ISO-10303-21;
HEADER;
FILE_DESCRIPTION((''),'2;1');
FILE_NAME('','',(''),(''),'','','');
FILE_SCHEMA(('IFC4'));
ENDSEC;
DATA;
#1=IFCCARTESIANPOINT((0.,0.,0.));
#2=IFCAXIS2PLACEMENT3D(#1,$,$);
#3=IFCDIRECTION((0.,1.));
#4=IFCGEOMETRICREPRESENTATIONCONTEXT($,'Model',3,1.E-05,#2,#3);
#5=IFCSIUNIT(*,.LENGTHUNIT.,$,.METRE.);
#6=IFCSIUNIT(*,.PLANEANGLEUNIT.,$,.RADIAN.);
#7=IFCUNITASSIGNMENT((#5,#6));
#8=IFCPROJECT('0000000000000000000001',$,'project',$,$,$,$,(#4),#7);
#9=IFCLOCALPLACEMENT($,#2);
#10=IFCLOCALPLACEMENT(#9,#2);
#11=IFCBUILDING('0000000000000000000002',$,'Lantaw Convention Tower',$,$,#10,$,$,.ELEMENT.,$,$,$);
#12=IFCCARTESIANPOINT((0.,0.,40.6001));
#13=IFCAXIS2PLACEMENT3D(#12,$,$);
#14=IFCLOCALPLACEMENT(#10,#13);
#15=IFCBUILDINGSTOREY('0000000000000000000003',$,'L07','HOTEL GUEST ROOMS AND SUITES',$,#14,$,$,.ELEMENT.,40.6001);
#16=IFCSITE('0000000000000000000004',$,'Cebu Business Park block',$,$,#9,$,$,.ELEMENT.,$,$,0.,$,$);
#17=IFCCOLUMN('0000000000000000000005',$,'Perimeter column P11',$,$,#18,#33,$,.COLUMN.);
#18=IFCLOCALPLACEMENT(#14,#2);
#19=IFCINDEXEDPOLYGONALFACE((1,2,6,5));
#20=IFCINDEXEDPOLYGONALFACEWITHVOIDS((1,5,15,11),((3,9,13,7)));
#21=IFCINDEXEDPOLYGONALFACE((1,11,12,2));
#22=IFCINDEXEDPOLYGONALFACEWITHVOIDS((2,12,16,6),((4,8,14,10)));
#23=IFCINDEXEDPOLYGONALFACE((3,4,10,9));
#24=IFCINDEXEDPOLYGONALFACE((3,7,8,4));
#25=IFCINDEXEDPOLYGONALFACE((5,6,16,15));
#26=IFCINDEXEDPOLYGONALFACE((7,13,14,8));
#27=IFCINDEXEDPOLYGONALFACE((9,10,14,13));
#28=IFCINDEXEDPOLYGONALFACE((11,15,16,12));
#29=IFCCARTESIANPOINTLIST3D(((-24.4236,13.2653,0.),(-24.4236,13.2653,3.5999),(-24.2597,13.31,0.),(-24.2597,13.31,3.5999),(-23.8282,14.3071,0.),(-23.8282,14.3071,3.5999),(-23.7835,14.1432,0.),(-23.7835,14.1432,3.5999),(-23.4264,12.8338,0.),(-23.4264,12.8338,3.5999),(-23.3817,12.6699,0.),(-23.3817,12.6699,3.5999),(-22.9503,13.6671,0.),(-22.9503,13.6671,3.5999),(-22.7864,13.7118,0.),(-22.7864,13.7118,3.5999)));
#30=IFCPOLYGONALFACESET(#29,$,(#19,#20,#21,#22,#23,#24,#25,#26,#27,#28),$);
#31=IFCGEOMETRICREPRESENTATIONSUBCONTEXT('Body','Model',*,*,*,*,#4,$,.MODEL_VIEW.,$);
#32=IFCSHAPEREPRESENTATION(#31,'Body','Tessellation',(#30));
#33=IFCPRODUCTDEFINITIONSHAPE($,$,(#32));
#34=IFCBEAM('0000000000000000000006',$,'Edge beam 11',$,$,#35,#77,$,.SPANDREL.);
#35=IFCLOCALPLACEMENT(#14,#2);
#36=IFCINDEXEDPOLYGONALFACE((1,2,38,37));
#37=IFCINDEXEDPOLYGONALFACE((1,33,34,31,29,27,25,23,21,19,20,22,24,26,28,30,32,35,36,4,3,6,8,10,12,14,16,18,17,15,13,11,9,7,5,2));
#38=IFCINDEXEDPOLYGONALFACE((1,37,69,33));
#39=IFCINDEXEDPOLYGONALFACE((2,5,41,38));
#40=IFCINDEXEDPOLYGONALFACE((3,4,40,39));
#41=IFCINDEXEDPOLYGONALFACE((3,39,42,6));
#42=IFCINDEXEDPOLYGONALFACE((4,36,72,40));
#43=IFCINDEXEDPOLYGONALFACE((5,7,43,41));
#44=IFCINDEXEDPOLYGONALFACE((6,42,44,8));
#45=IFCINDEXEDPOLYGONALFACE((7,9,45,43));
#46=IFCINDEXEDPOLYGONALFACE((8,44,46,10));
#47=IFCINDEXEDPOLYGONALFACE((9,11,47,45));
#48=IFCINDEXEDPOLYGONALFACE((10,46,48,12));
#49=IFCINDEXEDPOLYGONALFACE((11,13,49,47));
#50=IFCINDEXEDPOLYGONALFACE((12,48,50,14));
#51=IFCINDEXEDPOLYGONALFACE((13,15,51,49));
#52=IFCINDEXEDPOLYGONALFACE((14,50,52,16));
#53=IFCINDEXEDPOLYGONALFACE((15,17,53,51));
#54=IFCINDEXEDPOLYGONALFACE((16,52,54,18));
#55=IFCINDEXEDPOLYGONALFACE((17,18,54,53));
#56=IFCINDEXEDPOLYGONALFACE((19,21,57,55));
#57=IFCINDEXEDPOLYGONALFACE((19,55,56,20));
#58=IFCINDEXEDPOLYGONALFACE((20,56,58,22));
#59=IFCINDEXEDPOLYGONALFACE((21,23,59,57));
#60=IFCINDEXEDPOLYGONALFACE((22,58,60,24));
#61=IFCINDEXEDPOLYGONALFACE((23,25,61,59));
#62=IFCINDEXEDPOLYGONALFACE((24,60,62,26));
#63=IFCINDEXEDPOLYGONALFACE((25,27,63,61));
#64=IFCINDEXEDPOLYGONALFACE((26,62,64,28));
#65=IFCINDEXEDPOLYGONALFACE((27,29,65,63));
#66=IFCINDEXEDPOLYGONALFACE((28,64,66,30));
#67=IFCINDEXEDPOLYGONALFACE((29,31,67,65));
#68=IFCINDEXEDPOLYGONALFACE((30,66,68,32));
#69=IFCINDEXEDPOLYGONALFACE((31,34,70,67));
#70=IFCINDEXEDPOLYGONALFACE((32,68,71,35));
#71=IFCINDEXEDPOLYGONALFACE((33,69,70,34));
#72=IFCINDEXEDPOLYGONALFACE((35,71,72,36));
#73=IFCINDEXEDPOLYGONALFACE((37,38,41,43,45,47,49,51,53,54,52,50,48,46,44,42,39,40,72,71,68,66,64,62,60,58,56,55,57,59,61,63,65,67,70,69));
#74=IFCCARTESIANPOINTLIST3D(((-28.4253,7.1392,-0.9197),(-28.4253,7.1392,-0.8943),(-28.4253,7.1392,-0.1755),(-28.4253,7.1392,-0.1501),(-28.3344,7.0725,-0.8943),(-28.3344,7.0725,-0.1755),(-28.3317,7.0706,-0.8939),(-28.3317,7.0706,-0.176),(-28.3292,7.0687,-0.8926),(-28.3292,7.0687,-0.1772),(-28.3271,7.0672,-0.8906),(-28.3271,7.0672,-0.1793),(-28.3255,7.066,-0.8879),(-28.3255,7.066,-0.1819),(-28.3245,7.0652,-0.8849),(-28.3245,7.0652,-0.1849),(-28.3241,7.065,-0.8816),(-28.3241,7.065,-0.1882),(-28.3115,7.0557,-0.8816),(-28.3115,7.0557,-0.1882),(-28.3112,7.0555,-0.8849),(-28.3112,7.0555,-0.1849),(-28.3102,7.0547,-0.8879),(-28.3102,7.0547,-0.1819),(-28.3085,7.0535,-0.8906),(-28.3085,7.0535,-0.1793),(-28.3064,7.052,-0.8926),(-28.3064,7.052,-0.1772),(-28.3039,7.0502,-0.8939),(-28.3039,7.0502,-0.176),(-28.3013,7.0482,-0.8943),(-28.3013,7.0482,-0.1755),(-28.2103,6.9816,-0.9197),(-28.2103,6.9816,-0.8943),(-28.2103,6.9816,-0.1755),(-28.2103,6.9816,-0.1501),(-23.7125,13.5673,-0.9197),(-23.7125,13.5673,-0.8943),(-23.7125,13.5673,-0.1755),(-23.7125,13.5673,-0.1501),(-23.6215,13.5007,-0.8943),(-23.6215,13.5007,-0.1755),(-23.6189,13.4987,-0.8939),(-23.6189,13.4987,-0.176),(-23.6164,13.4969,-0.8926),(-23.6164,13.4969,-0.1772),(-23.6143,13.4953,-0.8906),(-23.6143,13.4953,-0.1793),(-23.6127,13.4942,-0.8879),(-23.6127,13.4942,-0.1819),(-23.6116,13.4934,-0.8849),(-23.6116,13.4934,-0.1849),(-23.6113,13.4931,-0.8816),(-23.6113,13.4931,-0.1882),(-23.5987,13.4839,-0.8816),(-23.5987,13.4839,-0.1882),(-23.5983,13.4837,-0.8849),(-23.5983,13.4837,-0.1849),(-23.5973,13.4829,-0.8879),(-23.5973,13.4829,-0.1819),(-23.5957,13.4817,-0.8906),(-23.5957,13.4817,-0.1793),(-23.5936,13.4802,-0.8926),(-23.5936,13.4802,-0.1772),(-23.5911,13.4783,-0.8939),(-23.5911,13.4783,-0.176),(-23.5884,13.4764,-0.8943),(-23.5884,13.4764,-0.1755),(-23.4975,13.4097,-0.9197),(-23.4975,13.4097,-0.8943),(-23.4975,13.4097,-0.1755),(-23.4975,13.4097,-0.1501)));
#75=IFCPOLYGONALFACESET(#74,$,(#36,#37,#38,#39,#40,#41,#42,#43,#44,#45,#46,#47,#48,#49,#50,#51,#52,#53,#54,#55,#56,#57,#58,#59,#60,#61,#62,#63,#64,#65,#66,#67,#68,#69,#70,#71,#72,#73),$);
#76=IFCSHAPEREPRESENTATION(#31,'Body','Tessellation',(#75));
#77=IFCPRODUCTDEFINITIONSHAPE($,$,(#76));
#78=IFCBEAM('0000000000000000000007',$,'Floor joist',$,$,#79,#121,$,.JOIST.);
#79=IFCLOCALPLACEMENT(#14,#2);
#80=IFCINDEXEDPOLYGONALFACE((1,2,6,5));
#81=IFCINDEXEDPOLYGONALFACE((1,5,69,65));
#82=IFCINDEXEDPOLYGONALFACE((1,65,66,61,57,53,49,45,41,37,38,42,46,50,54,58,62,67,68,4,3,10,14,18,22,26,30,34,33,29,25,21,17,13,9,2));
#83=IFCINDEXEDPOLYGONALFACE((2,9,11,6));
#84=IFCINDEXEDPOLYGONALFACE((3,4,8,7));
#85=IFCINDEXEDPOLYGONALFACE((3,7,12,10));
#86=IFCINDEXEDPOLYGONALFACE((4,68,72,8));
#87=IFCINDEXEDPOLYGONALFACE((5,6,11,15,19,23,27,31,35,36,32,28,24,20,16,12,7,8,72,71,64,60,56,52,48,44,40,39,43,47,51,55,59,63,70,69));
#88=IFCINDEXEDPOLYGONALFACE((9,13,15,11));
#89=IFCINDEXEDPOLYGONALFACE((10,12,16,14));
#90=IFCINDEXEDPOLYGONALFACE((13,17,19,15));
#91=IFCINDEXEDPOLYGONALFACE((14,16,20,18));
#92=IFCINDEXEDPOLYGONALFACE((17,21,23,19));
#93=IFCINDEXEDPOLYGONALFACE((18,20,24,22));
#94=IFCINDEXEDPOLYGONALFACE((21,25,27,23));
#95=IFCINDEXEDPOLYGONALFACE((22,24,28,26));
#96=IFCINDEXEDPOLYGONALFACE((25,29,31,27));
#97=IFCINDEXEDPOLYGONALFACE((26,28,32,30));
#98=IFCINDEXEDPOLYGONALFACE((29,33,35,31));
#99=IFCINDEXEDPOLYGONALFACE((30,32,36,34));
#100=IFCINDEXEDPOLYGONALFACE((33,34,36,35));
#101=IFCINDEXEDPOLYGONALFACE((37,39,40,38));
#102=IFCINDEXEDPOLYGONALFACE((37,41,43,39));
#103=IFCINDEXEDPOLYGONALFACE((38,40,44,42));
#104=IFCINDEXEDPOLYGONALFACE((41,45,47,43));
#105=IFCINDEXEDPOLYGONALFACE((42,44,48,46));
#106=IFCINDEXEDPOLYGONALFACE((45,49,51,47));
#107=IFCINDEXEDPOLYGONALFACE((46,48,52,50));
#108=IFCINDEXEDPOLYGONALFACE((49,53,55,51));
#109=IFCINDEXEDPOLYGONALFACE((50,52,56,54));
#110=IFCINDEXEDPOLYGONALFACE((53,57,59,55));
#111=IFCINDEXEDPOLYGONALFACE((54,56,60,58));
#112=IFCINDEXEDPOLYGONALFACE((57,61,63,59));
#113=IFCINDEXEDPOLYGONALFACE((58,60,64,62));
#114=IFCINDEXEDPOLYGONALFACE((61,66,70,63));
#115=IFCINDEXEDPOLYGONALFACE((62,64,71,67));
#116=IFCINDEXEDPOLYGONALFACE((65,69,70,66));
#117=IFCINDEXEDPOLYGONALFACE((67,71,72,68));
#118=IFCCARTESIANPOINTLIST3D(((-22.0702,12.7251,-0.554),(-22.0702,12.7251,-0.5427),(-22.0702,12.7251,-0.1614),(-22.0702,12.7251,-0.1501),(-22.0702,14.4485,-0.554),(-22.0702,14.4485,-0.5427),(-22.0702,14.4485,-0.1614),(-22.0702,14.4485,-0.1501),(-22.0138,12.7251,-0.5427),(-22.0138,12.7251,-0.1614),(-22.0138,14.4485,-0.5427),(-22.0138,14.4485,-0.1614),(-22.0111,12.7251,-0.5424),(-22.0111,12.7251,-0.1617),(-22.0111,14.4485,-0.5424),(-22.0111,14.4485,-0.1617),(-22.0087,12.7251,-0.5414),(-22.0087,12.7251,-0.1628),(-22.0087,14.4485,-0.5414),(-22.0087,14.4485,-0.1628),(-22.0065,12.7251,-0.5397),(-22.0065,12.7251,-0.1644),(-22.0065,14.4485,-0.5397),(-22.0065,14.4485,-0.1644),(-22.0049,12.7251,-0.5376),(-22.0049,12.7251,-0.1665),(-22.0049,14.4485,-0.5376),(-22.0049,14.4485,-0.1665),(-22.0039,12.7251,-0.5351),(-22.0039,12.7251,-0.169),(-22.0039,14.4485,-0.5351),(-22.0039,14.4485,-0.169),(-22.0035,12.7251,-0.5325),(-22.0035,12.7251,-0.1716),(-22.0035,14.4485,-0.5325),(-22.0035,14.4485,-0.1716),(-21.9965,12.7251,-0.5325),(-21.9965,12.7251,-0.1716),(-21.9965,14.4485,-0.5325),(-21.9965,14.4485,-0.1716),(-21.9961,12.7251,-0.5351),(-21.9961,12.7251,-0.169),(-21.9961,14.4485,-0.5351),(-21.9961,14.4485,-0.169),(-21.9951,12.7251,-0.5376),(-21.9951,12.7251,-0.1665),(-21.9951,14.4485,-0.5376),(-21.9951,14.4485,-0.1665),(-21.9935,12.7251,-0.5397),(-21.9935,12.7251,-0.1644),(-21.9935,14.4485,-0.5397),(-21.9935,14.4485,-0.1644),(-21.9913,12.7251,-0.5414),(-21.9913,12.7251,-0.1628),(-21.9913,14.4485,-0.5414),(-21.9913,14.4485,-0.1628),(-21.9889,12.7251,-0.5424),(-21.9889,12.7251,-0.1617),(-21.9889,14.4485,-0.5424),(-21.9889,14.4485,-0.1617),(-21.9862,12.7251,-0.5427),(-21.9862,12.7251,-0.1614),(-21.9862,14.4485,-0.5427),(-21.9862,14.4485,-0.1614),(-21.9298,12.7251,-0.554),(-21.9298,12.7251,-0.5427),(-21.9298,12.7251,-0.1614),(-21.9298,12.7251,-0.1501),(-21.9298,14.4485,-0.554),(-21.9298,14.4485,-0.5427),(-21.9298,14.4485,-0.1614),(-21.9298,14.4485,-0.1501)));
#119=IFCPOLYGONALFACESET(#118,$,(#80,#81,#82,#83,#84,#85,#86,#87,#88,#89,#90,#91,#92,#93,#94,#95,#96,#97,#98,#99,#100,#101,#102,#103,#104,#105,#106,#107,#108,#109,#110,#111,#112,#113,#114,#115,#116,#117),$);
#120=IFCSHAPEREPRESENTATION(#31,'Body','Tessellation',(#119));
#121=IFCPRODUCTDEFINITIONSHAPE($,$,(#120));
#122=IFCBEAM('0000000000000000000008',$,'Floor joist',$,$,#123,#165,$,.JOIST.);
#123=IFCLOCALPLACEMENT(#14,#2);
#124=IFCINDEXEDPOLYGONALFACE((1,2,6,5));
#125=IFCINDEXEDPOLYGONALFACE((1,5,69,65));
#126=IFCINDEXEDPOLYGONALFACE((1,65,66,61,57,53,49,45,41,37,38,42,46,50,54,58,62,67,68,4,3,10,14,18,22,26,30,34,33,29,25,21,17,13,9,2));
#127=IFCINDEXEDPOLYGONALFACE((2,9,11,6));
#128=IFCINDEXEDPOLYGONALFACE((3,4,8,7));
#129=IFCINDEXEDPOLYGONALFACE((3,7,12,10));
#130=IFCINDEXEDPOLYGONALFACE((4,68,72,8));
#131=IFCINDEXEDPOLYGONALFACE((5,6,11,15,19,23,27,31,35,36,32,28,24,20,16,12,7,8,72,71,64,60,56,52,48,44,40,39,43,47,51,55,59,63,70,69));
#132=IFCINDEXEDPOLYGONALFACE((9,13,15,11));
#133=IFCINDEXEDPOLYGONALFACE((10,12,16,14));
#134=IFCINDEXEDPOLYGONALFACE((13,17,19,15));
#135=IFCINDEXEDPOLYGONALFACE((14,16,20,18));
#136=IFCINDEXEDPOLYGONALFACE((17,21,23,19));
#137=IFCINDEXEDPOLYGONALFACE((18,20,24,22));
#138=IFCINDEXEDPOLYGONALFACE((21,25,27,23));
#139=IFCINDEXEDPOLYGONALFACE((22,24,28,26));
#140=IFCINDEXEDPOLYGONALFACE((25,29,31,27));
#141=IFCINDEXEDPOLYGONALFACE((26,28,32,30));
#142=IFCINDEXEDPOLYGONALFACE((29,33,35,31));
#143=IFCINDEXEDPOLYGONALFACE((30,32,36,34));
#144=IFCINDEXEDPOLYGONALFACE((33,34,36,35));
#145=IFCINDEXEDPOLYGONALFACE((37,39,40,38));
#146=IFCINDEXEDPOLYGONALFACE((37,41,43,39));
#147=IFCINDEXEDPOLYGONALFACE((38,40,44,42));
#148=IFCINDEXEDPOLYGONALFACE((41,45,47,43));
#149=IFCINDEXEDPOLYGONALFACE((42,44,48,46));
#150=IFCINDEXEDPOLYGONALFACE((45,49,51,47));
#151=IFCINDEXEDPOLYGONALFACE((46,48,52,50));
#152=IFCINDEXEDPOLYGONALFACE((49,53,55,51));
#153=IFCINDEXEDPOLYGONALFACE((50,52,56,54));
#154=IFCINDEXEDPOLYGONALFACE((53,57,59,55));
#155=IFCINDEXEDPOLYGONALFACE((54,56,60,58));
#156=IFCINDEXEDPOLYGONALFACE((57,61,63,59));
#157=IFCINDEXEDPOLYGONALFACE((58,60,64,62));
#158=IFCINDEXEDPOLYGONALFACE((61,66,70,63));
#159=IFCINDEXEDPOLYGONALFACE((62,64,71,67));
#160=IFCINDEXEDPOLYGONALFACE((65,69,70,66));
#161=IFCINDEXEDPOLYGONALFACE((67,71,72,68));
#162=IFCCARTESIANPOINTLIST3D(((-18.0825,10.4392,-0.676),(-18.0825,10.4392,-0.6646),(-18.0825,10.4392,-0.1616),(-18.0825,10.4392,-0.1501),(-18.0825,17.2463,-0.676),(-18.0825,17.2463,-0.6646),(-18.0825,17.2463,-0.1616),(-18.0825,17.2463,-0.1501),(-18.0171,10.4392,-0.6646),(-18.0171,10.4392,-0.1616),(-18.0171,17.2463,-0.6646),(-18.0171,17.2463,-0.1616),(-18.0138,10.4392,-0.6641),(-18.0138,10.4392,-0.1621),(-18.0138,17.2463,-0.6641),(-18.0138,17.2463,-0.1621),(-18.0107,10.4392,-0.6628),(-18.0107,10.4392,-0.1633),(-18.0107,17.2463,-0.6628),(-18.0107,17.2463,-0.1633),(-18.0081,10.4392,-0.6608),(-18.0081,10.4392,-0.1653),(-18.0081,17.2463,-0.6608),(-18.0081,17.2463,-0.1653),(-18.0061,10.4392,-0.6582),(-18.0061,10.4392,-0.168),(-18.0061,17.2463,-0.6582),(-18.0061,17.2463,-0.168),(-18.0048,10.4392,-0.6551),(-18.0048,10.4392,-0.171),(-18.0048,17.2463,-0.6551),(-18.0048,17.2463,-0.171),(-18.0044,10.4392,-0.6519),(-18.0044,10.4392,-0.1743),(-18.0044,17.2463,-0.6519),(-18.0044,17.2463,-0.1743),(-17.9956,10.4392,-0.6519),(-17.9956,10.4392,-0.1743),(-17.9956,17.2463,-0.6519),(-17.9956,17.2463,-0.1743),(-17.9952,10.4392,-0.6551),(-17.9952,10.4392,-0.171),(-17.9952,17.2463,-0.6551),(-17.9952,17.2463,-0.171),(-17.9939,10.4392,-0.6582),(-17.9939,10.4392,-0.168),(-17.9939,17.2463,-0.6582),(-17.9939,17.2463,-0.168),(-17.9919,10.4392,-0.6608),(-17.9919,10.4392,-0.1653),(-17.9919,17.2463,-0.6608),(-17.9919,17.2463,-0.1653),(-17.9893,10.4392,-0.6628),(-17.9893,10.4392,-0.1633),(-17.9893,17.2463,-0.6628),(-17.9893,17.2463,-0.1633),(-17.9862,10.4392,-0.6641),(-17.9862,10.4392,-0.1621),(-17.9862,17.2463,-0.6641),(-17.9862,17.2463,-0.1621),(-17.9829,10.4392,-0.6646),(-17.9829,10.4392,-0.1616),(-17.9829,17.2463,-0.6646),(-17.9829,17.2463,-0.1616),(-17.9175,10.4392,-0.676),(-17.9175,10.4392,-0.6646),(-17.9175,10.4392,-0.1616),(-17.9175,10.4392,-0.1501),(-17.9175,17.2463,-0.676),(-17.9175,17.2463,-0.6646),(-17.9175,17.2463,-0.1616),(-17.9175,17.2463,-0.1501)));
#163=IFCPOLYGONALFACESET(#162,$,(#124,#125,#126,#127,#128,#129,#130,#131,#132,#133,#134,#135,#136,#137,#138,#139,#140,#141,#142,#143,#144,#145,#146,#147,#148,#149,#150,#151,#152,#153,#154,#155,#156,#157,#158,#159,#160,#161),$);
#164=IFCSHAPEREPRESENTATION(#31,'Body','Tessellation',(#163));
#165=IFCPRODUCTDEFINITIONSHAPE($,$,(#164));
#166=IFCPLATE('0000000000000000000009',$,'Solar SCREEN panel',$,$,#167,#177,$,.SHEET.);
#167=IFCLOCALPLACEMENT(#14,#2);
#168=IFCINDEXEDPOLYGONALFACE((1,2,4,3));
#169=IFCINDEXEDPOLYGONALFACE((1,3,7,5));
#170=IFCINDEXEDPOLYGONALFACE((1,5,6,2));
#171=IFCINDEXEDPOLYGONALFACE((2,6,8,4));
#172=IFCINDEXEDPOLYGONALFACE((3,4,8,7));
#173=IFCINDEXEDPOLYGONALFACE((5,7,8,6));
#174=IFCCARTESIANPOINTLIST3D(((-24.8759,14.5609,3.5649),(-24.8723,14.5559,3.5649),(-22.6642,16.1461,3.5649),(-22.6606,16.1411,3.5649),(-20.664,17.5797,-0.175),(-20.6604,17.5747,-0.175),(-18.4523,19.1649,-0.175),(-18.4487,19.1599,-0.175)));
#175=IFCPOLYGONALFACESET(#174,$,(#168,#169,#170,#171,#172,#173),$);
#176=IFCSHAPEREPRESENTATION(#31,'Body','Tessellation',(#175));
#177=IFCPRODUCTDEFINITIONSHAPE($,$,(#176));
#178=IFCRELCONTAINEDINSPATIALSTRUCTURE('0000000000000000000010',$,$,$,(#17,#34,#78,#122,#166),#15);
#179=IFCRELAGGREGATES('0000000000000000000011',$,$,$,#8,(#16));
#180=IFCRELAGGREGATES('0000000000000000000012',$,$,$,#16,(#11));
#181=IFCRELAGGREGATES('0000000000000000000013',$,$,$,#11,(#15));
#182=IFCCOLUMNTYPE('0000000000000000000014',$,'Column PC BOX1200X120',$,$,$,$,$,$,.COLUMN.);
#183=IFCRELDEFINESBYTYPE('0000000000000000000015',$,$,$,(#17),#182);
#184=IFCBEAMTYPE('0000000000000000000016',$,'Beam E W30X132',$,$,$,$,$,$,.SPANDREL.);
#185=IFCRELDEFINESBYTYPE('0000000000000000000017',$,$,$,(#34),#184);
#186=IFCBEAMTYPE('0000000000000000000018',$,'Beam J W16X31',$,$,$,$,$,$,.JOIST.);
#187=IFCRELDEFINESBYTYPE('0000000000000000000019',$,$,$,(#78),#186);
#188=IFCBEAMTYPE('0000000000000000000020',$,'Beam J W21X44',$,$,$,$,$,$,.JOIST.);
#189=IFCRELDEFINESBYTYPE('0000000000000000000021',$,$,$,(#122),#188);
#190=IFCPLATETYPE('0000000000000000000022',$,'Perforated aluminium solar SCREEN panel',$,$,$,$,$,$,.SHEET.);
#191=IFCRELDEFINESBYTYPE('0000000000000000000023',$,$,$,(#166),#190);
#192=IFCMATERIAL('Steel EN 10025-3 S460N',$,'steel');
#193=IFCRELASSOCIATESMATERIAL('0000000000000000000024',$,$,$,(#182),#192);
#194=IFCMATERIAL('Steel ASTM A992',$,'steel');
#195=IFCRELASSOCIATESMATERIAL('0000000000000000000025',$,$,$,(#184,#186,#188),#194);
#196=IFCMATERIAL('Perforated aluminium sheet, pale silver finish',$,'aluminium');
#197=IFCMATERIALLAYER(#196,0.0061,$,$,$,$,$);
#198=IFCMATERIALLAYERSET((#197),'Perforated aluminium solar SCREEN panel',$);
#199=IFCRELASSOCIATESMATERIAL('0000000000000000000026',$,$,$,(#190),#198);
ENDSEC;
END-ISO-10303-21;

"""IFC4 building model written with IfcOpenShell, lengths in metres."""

from ifc_helpers import new_model, si_unit, direction, frame, origin, origin_2d, place, context, subcontext, project, spatial, polyline, rectangle, hollow_rectangle, i_section, outline, extrude, material, layer, layer_set, material_profile, profile_set, type_object, element, save


model = new_model("IFC4")

# Units and contexts
model_context = context("Model", 3, precision=1e-05, world=origin(), true_north=direction((0.0, 1.0)))
body_context = subcontext(model_context, "Body", "Model", "MODEL_VIEW")
ifc_project = project(units=[si_unit("LENGTHUNIT", "METRE"), si_unit("PLANEANGLEUNIT", "RADIAN")], contexts=[model_context])

# Site, building, storey
site_placement = place(None, origin())
site = spatial("IfcSite", under=ifc_project, at=site_placement, Name="Cebu Business Park block", CompositionType="ELEMENT", RefElevation=0.0)
building_placement = place(site_placement, origin())
building = spatial("IfcBuilding", under=site, at=building_placement, Name="Lantaw Convention Tower", CompositionType="ELEMENT")
storey_placement = place(building_placement, frame((0.0, 0.0, 40.6001)))
storey = spatial("IfcBuildingStorey", under=building, at=storey_placement, Name="L07", Description="HOTEL GUEST ROOMS AND SUITES", CompositionType="ELEMENT", Elevation=40.6001)

# Column
ifc_material_1 = material(Name="Steel EN 10025-3 S460N", Category="steel")
ifc_material_profile_1 = material_profile(ifc_material_1, hollow_rectangle(XDim=1.2, YDim=1.2, WallThickness=0.1201, at=origin_2d()), Name="BOX1200X120")
ifc_material_2 = material(Name="Concrete C60/75", Category="concrete")
ifc_material_profile_2 = material_profile(ifc_material_2, rectangle(XDim=0.96, YDim=0.96, at=origin_2d()), Name="Concrete fill of BOX1200X120")
ifc_profile_set_1 = profile_set([ifc_material_profile_1, ifc_material_profile_2], Name="Steel EN 10025-3 S460N")
column_type = type_object("IfcColumnType", Name="Column PC BOX1200X120", PredefinedType="COLUMN", material=ifc_profile_set_1)
column_placement = place(storey_placement, frame((-23.605, 13.4885, 0.0), z_axis=(0.0, 0.0, 1.0), x_axis=(0.496139, 0.868243, 0.0)))
element("IfcColumn", 1, at=column_placement, inside=storey, type_object=column_type, Name="Perimeter column P11", PredefinedType="COLUMN", context=body_context, shape_type="SweptSolid", body=[
    extrude(hollow_rectangle(XDim=1.2, YDim=1.2, WallThickness=0.1201, at=origin_2d()), origin(), (0.0, 0.0, 1.0), 3.5999),
])

# Beams
ifc_material_3 = material(Name="Steel ASTM A992", Category="steel")
ifc_material_profile_3 = material_profile(ifc_material_3, i_section(OverallWidth=0.2666, OverallDepth=0.7695, WebThickness=0.0156, FlangeThickness=0.0254, FilletRadius=0.0127, at=origin_2d()), Name="W30X132")
ifc_profile_set_2 = profile_set([ifc_material_profile_3], Name="Steel ASTM A992")
beam_type_1 = type_object("IfcBeamType", Name="Beam E W30X132", PredefinedType="SPANDREL", material=ifc_profile_set_2)
beam_1_placement = place(storey_placement, frame((-23.605, 13.4885, -0.5349), z_axis=(-0.591271, -0.806473, 0.0), x_axis=(0.806473, -0.591271, 0.0)))
element("IfcBeam", 2, at=beam_1_placement, inside=storey, type_object=beam_type_1, Name="Edge beam 11", PredefinedType="SPANDREL", context=body_context, shape_type="SweptSolid", body=[
    extrude(i_section(OverallWidth=0.2666, OverallDepth=0.7695, WebThickness=0.0156, FlangeThickness=0.0254, FilletRadius=0.0127, at=origin_2d()), origin(), (0.0, 0.0, 1.0), 7.9707),
])
ifc_material_profile_4 = material_profile(ifc_material_3, i_section(OverallWidth=0.1404, OverallDepth=0.4038, WebThickness=0.0071, FlangeThickness=0.0112, FilletRadius=0.0103, at=origin_2d()), Name="W16X31")
ifc_profile_set_3 = profile_set([ifc_material_profile_4], Name="Steel ASTM A992")
beam_type_2 = type_object("IfcBeamType", Name="Beam J W16X31", PredefinedType="JOIST", material=ifc_profile_set_3)
beam_2_placement = place(storey_placement, frame((-22.0, 12.7251, -0.3521), z_axis=(0.0, 1.0, 0.0), x_axis=(-1.0, 0.0, 0.0)))
element("IfcBeam", 3, at=beam_2_placement, inside=storey, type_object=beam_type_2, Name="Floor joist", PredefinedType="JOIST", context=body_context, shape_type="SweptSolid", body=[
    extrude(i_section(OverallWidth=0.1404, OverallDepth=0.4038, WebThickness=0.0071, FlangeThickness=0.0112, FilletRadius=0.0103, at=origin_2d()), origin(), (0.0, 0.0, 1.0), 1.7234),
])
ifc_material_profile_5 = material_profile(ifc_material_3, i_section(OverallWidth=0.165, OverallDepth=0.5259, WebThickness=0.0088, FlangeThickness=0.0115, FilletRadius=0.0127, at=origin_2d()), Name="W21X44")
ifc_profile_set_4 = profile_set([ifc_material_profile_5], Name="Steel ASTM A992")
beam_type_3 = type_object("IfcBeamType", Name="Beam J W21X44", PredefinedType="JOIST", material=ifc_profile_set_4)
beam_3_placement = place(storey_placement, frame((-18.0, 10.4392, -0.4131), z_axis=(0.0, 1.0, 0.0), x_axis=(-1.0, 0.0, 0.0)))
element("IfcBeam", 4, at=beam_3_placement, inside=storey, type_object=beam_type_3, Name="Floor joist", PredefinedType="JOIST", context=body_context, shape_type="SweptSolid", body=[
    extrude(i_section(OverallWidth=0.165, OverallDepth=0.5259, WebThickness=0.0088, FlangeThickness=0.0115, FilletRadius=0.0127, at=origin_2d()), origin(), (0.0, 0.0, 1.0), 6.8071),
])

# Plate
ifc_material_4 = material(Name="Perforated aluminium sheet, pale silver finish", Category="aluminium")
ifc_layer_1 = layer(ifc_material_4, 0.0061)
ifc_layer_set_1 = layer_set([ifc_layer_1], Name="Perforated aluminium solar SCREEN panel")
plate_type = type_object("IfcPlateType", Name="Perforated aluminium solar SCREEN panel", PredefinedType="SHEET", material=ifc_layer_set_1)
plate_1_placement = place(storey_placement, frame((-18.4487, 19.1599, -0.175), z_axis=(0.582561, -0.812787, 0.000016), x_axis=(-0.812787, -0.582561, 0.0)))
element("IfcPlate", 5, at=plate_1_placement, inside=storey, type_object=plate_type, Name="Solar SCREEN panel", PredefinedType="SHEET", context=body_context, shape_type="SweptSolid", body=[
    extrude(outline(polyline([(0.0, 0.0), (2.7211, 0.0), (7.9031, -3.74), (5.182, -3.74), (0.0, 0.0)])), origin(), (0.0, 0.0, -1.0), 0.0061),
])

save(model, "model.ifc")
